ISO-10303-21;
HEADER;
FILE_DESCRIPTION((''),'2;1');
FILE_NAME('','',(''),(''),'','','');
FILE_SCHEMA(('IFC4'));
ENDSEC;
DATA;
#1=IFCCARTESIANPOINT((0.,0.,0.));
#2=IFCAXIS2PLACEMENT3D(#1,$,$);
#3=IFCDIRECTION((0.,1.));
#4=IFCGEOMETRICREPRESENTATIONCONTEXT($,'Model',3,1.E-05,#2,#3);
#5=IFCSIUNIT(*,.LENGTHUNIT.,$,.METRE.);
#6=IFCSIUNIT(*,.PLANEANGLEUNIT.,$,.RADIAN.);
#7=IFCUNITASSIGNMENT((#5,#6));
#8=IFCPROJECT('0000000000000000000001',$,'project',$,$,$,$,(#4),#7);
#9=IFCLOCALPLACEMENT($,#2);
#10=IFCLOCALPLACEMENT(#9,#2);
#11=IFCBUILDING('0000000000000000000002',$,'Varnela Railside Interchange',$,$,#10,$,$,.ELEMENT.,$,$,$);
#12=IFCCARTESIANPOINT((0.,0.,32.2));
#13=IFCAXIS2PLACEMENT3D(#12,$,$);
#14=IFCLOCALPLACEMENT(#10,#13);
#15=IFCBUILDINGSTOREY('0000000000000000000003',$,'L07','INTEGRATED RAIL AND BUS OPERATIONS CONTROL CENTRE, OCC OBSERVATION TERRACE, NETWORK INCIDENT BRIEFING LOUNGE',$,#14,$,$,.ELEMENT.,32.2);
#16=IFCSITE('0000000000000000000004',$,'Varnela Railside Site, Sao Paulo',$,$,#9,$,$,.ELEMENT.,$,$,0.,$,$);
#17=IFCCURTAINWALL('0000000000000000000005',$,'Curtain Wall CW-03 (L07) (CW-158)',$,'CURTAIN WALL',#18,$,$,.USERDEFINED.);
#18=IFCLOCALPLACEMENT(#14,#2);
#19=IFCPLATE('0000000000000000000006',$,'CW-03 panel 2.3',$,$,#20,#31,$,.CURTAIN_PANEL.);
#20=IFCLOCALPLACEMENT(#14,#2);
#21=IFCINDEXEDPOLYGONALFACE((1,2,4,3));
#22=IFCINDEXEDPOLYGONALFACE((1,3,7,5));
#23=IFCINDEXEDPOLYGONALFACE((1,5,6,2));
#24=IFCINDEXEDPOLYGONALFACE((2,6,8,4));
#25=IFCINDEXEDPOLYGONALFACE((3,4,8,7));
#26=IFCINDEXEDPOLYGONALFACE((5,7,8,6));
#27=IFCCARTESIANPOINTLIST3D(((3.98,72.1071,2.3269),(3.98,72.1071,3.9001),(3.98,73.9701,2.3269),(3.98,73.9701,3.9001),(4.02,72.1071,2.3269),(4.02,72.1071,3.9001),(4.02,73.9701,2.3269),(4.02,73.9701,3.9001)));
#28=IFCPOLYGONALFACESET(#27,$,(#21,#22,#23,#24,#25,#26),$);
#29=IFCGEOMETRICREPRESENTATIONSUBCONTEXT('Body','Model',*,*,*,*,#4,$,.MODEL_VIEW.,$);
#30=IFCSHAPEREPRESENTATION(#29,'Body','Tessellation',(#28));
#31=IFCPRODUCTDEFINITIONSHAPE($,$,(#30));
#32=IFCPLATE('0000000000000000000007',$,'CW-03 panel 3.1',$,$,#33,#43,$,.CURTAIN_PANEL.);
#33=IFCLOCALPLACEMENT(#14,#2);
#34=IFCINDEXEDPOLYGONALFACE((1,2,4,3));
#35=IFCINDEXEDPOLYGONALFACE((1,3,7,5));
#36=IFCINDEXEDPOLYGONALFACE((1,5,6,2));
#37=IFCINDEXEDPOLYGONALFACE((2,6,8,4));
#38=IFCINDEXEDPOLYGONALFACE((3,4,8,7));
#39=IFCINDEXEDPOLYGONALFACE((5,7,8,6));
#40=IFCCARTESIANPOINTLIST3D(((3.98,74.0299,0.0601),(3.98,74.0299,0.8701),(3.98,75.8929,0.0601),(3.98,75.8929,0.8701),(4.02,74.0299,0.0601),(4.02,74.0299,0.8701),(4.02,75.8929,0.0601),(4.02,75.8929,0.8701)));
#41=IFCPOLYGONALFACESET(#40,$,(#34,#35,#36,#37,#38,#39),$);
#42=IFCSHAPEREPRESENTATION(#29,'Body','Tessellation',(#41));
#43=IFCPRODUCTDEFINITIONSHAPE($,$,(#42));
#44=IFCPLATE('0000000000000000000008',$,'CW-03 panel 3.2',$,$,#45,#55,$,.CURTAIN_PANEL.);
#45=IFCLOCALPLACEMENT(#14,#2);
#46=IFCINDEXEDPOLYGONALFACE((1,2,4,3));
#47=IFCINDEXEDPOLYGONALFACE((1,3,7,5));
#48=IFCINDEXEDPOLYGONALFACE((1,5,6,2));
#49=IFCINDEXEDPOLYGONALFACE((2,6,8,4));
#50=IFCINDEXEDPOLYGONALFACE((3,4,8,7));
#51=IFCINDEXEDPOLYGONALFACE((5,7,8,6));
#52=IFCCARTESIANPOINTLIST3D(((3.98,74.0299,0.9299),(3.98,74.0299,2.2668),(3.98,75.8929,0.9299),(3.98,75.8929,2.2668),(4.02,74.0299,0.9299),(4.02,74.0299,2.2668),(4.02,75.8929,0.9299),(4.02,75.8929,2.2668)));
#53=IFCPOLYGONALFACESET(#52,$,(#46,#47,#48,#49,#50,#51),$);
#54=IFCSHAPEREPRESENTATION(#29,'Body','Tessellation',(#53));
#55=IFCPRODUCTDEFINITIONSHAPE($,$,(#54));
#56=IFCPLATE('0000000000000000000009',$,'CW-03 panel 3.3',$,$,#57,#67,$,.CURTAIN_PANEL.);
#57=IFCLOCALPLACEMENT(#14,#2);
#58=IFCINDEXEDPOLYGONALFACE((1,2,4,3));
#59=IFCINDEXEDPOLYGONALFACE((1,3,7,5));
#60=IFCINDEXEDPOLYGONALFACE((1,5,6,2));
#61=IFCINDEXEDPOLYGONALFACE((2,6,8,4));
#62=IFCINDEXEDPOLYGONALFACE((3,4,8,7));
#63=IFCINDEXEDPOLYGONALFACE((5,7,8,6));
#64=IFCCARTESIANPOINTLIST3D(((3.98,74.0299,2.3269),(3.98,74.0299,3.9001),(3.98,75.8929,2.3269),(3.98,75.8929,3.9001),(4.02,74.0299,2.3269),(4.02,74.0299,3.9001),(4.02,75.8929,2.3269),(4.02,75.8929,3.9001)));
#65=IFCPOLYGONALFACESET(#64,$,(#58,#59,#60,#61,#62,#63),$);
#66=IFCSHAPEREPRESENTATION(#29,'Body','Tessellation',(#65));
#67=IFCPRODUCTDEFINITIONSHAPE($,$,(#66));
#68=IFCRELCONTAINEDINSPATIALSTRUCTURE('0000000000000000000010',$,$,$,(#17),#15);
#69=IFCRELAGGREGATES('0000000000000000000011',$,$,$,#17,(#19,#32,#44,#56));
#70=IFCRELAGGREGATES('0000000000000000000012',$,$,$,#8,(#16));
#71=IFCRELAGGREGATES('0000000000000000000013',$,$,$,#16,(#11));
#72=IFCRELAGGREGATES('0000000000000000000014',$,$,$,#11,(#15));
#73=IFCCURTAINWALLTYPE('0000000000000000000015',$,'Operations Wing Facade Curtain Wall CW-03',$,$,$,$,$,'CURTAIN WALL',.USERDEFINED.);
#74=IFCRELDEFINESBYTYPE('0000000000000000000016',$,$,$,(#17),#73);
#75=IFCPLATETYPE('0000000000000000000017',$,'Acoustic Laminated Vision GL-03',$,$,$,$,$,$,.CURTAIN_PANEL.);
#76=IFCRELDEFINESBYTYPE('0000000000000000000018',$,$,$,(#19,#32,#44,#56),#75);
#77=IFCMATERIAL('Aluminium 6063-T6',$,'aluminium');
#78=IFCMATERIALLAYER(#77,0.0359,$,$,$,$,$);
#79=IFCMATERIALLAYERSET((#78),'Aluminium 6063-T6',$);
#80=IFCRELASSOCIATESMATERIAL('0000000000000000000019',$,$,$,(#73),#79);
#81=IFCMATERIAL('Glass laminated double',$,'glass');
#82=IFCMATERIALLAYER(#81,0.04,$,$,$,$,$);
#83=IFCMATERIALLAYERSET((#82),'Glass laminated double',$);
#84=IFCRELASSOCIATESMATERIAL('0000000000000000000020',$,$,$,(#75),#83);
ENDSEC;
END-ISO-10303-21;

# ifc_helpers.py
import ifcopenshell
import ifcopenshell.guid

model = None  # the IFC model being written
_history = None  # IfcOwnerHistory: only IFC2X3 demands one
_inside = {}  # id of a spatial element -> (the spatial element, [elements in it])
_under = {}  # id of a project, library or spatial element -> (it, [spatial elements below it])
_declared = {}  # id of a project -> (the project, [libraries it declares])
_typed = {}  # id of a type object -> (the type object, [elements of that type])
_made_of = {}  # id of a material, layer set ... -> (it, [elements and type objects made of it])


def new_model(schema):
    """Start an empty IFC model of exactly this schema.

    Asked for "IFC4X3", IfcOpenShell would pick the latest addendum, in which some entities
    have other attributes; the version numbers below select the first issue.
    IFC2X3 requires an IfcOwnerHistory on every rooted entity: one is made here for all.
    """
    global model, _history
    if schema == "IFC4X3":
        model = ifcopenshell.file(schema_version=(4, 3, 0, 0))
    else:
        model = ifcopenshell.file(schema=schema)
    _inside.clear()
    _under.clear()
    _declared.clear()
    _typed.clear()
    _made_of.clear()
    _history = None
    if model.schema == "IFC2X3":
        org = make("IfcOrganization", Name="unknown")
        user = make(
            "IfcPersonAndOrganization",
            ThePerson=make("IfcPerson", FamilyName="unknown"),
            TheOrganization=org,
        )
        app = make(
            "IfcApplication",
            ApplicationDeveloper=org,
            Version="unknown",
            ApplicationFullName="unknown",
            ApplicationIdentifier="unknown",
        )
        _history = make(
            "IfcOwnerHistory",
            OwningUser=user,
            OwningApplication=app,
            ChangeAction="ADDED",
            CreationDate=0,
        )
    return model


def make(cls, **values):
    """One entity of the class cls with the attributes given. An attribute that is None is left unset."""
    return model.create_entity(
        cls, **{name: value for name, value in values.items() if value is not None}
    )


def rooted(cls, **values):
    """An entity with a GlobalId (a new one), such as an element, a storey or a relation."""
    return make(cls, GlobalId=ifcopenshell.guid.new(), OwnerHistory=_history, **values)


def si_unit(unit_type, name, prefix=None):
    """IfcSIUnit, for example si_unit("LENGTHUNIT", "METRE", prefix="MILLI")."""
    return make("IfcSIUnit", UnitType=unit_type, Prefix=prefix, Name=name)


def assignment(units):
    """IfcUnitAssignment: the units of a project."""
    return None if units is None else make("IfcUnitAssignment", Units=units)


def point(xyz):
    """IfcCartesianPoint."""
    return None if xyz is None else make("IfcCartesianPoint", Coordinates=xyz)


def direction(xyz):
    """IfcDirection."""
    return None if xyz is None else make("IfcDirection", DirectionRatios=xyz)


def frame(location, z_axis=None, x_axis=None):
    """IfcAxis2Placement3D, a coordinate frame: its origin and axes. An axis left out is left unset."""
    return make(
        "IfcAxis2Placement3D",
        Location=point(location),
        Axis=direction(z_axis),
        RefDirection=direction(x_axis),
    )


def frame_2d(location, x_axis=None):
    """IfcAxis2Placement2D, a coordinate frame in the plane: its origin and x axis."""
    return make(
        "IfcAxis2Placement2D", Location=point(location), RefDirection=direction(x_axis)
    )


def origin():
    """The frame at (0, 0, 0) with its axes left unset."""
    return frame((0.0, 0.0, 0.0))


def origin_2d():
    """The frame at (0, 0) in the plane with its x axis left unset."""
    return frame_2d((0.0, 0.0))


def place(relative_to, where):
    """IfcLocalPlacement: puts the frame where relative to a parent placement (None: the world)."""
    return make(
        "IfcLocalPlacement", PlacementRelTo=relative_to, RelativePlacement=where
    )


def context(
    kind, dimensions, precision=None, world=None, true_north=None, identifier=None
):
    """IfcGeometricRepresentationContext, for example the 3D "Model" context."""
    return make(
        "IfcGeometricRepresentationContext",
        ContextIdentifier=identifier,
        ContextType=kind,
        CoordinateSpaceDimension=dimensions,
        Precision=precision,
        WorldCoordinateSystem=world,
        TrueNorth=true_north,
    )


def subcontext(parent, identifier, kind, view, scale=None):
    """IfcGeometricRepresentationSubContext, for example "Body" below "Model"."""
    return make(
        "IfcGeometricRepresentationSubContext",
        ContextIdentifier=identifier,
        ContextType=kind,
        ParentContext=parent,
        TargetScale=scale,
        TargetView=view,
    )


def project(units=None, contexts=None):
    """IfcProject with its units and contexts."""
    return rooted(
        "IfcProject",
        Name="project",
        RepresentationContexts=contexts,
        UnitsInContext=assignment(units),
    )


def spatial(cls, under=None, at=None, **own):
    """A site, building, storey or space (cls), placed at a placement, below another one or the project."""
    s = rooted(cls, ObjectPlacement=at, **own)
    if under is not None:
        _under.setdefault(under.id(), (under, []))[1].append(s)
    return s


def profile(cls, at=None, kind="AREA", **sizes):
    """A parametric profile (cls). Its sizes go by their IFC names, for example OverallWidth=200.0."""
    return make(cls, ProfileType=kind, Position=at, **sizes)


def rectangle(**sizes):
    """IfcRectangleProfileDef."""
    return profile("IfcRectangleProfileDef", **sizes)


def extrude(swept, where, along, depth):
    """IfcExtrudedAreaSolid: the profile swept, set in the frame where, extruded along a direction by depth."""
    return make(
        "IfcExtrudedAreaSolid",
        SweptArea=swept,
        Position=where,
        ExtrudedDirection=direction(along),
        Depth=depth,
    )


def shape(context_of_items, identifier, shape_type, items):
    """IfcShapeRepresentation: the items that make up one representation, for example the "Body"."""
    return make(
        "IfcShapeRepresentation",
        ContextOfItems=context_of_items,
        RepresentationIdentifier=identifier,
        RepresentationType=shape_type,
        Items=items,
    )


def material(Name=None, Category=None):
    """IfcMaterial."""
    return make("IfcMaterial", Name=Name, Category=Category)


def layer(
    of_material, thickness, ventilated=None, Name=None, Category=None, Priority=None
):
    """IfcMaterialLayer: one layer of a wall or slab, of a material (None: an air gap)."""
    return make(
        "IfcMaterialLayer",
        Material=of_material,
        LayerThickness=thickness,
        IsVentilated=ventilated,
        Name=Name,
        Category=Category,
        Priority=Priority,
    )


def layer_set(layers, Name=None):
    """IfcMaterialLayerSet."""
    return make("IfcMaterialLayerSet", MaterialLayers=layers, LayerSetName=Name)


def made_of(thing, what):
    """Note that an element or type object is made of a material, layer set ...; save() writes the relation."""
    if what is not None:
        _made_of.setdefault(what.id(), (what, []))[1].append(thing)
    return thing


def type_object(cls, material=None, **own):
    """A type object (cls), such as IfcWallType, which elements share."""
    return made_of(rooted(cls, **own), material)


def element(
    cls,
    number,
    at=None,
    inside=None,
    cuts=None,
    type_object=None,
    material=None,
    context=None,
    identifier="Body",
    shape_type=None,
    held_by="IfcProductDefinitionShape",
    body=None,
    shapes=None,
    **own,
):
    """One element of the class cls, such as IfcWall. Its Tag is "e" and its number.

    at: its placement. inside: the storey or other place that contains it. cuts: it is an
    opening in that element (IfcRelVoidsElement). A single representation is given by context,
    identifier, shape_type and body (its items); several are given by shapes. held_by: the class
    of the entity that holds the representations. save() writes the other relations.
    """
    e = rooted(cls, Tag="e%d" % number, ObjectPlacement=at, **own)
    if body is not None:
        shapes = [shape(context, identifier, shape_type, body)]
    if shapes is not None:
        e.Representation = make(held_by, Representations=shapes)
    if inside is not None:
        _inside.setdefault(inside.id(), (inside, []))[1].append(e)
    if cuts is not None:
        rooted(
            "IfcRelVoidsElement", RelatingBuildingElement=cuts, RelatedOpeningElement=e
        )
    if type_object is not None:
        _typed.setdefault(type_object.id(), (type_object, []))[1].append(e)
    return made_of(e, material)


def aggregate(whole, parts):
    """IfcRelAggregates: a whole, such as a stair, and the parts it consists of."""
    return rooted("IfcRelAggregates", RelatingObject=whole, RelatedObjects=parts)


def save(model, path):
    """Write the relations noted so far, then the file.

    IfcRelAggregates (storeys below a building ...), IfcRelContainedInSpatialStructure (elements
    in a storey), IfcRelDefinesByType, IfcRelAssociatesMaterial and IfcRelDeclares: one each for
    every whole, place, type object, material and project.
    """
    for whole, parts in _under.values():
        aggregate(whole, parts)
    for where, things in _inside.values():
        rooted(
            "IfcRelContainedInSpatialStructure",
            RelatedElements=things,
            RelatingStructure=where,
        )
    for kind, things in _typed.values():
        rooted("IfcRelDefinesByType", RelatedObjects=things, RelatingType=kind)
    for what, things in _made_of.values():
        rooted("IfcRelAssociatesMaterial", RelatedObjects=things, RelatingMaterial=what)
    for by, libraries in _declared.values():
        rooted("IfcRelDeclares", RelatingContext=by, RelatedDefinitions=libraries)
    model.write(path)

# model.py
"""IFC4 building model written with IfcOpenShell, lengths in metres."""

from ifc_helpers import new_model, si_unit, direction, frame, origin, origin_2d, place, context, subcontext, project, spatial, rectangle, extrude, material, layer, layer_set, type_object, element, aggregate, save


model = new_model("IFC4")

# Units and contexts
model_context = context("Model", 3, precision=1e-05, world=origin(), true_north=direction((0.0, 1.0)))
body_context = subcontext(model_context, "Body", "Model", "MODEL_VIEW")
ifc_project = project(units=[si_unit("LENGTHUNIT", "METRE"), si_unit("PLANEANGLEUNIT", "RADIAN")], contexts=[model_context])

# Site, building, storey
site_placement = place(None, origin())
site = spatial("IfcSite", under=ifc_project, at=site_placement, Name="Varnela Railside Site, Sao Paulo", CompositionType="ELEMENT", RefElevation=0.0)
building_placement = place(site_placement, origin())
building = spatial("IfcBuilding", under=site, at=building_placement, Name="Varnela Railside Interchange", CompositionType="ELEMENT")
storey_placement = place(building_placement, frame((0.0, 0.0, 32.2)))
storey = spatial("IfcBuildingStorey", under=building, at=storey_placement, Name="L07", Description="INTEGRATED RAIL AND BUS OPERATIONS CONTROL CENTRE, OCC OBSERVATION TERRACE, NETWORK INCIDENT BRIEFING LOUNGE", CompositionType="ELEMENT", Elevation=32.2)

# Shared definitions
ifc_material_1 = material(Name="Aluminium 6063-T6", Category="aluminium")
ifc_layer_1 = layer(ifc_material_1, 0.0359)
ifc_layer_set_1 = layer_set([ifc_layer_1], Name="Aluminium 6063-T6")
curtain_wall_type = type_object("IfcCurtainWallType", Name="Operations Wing Facade Curtain Wall CW-03", ElementType="CURTAIN WALL", PredefinedType="USERDEFINED", material=ifc_layer_set_1)

# Curtain wall
curtain_wall_1_placement = place(storey_placement, origin())
curtain_wall_1 = element("IfcCurtainWall", 1, at=curtain_wall_1_placement, inside=storey, type_object=curtain_wall_type, Name="Curtain Wall CW-03 (L07) (CW-158)", ObjectType="CURTAIN WALL", PredefinedType="USERDEFINED")

# Plates
ifc_material_2 = material(Name="Glass laminated double", Category="glass")
ifc_layer_2 = layer(ifc_material_2, 0.04)
ifc_layer_set_2 = layer_set([ifc_layer_2], Name="Glass laminated double")
plate_type = type_object("IfcPlateType", Name="Acoustic Laminated Vision GL-03", PredefinedType="CURTAIN_PANEL", material=ifc_layer_set_2)
plate_1_placement = place(storey_placement, frame((4.0, 73.0386, 2.3269), z_axis=(0.0, 0.0, 1.0), x_axis=(0.0, 1.0, 0.0)))
plate_1 = element("IfcPlate", 2, at=plate_1_placement, type_object=plate_type, Name="CW-03 panel 2.3", PredefinedType="CURTAIN_PANEL", context=body_context, shape_type="SweptSolid", body=[
    extrude(rectangle(XDim=1.863, YDim=0.04, at=origin_2d()), origin(), (0.0, 0.0, 1.0), 1.5732),
])
plate_2_placement = place(storey_placement, frame((4.0, 74.9614, 0.0601), z_axis=(0.0, 0.0, 1.0), x_axis=(0.0, 1.0, 0.0)))
plate_2 = element("IfcPlate", 3, at=plate_2_placement, type_object=plate_type, Name="CW-03 panel 3.1", PredefinedType="CURTAIN_PANEL", context=body_context, shape_type="SweptSolid", body=[
    extrude(rectangle(XDim=1.863, YDim=0.04, at=origin_2d()), origin(), (0.0, 0.0, 1.0), 0.8101),
])
plate_3_placement = place(storey_placement, frame((4.0, 74.9614, 0.9299), z_axis=(0.0, 0.0, 1.0), x_axis=(0.0, 1.0, 0.0)))
plate_3 = element("IfcPlate", 4, at=plate_3_placement, type_object=plate_type, Name="CW-03 panel 3.2", PredefinedType="CURTAIN_PANEL", context=body_context, shape_type="SweptSolid", body=[
    extrude(rectangle(XDim=1.863, YDim=0.04, at=origin_2d()), origin(), (0.0, 0.0, 1.0), 1.3369),
])
plate_4_placement = place(storey_placement, frame((4.0, 74.9614, 2.3269), z_axis=(0.0, 0.0, 1.0), x_axis=(0.0, 1.0, 0.0)))
plate_4 = element("IfcPlate", 5, at=plate_4_placement, type_object=plate_type, Name="CW-03 panel 3.3", PredefinedType="CURTAIN_PANEL", context=body_context, shape_type="SweptSolid", body=[
    extrude(rectangle(XDim=1.863, YDim=0.04, at=origin_2d()), origin(), (0.0, 0.0, 1.0), 1.5732),
])
aggregate(curtain_wall_1, [plate_1, plate_2, plate_3, plate_4])

save(model, "model.ifc")
